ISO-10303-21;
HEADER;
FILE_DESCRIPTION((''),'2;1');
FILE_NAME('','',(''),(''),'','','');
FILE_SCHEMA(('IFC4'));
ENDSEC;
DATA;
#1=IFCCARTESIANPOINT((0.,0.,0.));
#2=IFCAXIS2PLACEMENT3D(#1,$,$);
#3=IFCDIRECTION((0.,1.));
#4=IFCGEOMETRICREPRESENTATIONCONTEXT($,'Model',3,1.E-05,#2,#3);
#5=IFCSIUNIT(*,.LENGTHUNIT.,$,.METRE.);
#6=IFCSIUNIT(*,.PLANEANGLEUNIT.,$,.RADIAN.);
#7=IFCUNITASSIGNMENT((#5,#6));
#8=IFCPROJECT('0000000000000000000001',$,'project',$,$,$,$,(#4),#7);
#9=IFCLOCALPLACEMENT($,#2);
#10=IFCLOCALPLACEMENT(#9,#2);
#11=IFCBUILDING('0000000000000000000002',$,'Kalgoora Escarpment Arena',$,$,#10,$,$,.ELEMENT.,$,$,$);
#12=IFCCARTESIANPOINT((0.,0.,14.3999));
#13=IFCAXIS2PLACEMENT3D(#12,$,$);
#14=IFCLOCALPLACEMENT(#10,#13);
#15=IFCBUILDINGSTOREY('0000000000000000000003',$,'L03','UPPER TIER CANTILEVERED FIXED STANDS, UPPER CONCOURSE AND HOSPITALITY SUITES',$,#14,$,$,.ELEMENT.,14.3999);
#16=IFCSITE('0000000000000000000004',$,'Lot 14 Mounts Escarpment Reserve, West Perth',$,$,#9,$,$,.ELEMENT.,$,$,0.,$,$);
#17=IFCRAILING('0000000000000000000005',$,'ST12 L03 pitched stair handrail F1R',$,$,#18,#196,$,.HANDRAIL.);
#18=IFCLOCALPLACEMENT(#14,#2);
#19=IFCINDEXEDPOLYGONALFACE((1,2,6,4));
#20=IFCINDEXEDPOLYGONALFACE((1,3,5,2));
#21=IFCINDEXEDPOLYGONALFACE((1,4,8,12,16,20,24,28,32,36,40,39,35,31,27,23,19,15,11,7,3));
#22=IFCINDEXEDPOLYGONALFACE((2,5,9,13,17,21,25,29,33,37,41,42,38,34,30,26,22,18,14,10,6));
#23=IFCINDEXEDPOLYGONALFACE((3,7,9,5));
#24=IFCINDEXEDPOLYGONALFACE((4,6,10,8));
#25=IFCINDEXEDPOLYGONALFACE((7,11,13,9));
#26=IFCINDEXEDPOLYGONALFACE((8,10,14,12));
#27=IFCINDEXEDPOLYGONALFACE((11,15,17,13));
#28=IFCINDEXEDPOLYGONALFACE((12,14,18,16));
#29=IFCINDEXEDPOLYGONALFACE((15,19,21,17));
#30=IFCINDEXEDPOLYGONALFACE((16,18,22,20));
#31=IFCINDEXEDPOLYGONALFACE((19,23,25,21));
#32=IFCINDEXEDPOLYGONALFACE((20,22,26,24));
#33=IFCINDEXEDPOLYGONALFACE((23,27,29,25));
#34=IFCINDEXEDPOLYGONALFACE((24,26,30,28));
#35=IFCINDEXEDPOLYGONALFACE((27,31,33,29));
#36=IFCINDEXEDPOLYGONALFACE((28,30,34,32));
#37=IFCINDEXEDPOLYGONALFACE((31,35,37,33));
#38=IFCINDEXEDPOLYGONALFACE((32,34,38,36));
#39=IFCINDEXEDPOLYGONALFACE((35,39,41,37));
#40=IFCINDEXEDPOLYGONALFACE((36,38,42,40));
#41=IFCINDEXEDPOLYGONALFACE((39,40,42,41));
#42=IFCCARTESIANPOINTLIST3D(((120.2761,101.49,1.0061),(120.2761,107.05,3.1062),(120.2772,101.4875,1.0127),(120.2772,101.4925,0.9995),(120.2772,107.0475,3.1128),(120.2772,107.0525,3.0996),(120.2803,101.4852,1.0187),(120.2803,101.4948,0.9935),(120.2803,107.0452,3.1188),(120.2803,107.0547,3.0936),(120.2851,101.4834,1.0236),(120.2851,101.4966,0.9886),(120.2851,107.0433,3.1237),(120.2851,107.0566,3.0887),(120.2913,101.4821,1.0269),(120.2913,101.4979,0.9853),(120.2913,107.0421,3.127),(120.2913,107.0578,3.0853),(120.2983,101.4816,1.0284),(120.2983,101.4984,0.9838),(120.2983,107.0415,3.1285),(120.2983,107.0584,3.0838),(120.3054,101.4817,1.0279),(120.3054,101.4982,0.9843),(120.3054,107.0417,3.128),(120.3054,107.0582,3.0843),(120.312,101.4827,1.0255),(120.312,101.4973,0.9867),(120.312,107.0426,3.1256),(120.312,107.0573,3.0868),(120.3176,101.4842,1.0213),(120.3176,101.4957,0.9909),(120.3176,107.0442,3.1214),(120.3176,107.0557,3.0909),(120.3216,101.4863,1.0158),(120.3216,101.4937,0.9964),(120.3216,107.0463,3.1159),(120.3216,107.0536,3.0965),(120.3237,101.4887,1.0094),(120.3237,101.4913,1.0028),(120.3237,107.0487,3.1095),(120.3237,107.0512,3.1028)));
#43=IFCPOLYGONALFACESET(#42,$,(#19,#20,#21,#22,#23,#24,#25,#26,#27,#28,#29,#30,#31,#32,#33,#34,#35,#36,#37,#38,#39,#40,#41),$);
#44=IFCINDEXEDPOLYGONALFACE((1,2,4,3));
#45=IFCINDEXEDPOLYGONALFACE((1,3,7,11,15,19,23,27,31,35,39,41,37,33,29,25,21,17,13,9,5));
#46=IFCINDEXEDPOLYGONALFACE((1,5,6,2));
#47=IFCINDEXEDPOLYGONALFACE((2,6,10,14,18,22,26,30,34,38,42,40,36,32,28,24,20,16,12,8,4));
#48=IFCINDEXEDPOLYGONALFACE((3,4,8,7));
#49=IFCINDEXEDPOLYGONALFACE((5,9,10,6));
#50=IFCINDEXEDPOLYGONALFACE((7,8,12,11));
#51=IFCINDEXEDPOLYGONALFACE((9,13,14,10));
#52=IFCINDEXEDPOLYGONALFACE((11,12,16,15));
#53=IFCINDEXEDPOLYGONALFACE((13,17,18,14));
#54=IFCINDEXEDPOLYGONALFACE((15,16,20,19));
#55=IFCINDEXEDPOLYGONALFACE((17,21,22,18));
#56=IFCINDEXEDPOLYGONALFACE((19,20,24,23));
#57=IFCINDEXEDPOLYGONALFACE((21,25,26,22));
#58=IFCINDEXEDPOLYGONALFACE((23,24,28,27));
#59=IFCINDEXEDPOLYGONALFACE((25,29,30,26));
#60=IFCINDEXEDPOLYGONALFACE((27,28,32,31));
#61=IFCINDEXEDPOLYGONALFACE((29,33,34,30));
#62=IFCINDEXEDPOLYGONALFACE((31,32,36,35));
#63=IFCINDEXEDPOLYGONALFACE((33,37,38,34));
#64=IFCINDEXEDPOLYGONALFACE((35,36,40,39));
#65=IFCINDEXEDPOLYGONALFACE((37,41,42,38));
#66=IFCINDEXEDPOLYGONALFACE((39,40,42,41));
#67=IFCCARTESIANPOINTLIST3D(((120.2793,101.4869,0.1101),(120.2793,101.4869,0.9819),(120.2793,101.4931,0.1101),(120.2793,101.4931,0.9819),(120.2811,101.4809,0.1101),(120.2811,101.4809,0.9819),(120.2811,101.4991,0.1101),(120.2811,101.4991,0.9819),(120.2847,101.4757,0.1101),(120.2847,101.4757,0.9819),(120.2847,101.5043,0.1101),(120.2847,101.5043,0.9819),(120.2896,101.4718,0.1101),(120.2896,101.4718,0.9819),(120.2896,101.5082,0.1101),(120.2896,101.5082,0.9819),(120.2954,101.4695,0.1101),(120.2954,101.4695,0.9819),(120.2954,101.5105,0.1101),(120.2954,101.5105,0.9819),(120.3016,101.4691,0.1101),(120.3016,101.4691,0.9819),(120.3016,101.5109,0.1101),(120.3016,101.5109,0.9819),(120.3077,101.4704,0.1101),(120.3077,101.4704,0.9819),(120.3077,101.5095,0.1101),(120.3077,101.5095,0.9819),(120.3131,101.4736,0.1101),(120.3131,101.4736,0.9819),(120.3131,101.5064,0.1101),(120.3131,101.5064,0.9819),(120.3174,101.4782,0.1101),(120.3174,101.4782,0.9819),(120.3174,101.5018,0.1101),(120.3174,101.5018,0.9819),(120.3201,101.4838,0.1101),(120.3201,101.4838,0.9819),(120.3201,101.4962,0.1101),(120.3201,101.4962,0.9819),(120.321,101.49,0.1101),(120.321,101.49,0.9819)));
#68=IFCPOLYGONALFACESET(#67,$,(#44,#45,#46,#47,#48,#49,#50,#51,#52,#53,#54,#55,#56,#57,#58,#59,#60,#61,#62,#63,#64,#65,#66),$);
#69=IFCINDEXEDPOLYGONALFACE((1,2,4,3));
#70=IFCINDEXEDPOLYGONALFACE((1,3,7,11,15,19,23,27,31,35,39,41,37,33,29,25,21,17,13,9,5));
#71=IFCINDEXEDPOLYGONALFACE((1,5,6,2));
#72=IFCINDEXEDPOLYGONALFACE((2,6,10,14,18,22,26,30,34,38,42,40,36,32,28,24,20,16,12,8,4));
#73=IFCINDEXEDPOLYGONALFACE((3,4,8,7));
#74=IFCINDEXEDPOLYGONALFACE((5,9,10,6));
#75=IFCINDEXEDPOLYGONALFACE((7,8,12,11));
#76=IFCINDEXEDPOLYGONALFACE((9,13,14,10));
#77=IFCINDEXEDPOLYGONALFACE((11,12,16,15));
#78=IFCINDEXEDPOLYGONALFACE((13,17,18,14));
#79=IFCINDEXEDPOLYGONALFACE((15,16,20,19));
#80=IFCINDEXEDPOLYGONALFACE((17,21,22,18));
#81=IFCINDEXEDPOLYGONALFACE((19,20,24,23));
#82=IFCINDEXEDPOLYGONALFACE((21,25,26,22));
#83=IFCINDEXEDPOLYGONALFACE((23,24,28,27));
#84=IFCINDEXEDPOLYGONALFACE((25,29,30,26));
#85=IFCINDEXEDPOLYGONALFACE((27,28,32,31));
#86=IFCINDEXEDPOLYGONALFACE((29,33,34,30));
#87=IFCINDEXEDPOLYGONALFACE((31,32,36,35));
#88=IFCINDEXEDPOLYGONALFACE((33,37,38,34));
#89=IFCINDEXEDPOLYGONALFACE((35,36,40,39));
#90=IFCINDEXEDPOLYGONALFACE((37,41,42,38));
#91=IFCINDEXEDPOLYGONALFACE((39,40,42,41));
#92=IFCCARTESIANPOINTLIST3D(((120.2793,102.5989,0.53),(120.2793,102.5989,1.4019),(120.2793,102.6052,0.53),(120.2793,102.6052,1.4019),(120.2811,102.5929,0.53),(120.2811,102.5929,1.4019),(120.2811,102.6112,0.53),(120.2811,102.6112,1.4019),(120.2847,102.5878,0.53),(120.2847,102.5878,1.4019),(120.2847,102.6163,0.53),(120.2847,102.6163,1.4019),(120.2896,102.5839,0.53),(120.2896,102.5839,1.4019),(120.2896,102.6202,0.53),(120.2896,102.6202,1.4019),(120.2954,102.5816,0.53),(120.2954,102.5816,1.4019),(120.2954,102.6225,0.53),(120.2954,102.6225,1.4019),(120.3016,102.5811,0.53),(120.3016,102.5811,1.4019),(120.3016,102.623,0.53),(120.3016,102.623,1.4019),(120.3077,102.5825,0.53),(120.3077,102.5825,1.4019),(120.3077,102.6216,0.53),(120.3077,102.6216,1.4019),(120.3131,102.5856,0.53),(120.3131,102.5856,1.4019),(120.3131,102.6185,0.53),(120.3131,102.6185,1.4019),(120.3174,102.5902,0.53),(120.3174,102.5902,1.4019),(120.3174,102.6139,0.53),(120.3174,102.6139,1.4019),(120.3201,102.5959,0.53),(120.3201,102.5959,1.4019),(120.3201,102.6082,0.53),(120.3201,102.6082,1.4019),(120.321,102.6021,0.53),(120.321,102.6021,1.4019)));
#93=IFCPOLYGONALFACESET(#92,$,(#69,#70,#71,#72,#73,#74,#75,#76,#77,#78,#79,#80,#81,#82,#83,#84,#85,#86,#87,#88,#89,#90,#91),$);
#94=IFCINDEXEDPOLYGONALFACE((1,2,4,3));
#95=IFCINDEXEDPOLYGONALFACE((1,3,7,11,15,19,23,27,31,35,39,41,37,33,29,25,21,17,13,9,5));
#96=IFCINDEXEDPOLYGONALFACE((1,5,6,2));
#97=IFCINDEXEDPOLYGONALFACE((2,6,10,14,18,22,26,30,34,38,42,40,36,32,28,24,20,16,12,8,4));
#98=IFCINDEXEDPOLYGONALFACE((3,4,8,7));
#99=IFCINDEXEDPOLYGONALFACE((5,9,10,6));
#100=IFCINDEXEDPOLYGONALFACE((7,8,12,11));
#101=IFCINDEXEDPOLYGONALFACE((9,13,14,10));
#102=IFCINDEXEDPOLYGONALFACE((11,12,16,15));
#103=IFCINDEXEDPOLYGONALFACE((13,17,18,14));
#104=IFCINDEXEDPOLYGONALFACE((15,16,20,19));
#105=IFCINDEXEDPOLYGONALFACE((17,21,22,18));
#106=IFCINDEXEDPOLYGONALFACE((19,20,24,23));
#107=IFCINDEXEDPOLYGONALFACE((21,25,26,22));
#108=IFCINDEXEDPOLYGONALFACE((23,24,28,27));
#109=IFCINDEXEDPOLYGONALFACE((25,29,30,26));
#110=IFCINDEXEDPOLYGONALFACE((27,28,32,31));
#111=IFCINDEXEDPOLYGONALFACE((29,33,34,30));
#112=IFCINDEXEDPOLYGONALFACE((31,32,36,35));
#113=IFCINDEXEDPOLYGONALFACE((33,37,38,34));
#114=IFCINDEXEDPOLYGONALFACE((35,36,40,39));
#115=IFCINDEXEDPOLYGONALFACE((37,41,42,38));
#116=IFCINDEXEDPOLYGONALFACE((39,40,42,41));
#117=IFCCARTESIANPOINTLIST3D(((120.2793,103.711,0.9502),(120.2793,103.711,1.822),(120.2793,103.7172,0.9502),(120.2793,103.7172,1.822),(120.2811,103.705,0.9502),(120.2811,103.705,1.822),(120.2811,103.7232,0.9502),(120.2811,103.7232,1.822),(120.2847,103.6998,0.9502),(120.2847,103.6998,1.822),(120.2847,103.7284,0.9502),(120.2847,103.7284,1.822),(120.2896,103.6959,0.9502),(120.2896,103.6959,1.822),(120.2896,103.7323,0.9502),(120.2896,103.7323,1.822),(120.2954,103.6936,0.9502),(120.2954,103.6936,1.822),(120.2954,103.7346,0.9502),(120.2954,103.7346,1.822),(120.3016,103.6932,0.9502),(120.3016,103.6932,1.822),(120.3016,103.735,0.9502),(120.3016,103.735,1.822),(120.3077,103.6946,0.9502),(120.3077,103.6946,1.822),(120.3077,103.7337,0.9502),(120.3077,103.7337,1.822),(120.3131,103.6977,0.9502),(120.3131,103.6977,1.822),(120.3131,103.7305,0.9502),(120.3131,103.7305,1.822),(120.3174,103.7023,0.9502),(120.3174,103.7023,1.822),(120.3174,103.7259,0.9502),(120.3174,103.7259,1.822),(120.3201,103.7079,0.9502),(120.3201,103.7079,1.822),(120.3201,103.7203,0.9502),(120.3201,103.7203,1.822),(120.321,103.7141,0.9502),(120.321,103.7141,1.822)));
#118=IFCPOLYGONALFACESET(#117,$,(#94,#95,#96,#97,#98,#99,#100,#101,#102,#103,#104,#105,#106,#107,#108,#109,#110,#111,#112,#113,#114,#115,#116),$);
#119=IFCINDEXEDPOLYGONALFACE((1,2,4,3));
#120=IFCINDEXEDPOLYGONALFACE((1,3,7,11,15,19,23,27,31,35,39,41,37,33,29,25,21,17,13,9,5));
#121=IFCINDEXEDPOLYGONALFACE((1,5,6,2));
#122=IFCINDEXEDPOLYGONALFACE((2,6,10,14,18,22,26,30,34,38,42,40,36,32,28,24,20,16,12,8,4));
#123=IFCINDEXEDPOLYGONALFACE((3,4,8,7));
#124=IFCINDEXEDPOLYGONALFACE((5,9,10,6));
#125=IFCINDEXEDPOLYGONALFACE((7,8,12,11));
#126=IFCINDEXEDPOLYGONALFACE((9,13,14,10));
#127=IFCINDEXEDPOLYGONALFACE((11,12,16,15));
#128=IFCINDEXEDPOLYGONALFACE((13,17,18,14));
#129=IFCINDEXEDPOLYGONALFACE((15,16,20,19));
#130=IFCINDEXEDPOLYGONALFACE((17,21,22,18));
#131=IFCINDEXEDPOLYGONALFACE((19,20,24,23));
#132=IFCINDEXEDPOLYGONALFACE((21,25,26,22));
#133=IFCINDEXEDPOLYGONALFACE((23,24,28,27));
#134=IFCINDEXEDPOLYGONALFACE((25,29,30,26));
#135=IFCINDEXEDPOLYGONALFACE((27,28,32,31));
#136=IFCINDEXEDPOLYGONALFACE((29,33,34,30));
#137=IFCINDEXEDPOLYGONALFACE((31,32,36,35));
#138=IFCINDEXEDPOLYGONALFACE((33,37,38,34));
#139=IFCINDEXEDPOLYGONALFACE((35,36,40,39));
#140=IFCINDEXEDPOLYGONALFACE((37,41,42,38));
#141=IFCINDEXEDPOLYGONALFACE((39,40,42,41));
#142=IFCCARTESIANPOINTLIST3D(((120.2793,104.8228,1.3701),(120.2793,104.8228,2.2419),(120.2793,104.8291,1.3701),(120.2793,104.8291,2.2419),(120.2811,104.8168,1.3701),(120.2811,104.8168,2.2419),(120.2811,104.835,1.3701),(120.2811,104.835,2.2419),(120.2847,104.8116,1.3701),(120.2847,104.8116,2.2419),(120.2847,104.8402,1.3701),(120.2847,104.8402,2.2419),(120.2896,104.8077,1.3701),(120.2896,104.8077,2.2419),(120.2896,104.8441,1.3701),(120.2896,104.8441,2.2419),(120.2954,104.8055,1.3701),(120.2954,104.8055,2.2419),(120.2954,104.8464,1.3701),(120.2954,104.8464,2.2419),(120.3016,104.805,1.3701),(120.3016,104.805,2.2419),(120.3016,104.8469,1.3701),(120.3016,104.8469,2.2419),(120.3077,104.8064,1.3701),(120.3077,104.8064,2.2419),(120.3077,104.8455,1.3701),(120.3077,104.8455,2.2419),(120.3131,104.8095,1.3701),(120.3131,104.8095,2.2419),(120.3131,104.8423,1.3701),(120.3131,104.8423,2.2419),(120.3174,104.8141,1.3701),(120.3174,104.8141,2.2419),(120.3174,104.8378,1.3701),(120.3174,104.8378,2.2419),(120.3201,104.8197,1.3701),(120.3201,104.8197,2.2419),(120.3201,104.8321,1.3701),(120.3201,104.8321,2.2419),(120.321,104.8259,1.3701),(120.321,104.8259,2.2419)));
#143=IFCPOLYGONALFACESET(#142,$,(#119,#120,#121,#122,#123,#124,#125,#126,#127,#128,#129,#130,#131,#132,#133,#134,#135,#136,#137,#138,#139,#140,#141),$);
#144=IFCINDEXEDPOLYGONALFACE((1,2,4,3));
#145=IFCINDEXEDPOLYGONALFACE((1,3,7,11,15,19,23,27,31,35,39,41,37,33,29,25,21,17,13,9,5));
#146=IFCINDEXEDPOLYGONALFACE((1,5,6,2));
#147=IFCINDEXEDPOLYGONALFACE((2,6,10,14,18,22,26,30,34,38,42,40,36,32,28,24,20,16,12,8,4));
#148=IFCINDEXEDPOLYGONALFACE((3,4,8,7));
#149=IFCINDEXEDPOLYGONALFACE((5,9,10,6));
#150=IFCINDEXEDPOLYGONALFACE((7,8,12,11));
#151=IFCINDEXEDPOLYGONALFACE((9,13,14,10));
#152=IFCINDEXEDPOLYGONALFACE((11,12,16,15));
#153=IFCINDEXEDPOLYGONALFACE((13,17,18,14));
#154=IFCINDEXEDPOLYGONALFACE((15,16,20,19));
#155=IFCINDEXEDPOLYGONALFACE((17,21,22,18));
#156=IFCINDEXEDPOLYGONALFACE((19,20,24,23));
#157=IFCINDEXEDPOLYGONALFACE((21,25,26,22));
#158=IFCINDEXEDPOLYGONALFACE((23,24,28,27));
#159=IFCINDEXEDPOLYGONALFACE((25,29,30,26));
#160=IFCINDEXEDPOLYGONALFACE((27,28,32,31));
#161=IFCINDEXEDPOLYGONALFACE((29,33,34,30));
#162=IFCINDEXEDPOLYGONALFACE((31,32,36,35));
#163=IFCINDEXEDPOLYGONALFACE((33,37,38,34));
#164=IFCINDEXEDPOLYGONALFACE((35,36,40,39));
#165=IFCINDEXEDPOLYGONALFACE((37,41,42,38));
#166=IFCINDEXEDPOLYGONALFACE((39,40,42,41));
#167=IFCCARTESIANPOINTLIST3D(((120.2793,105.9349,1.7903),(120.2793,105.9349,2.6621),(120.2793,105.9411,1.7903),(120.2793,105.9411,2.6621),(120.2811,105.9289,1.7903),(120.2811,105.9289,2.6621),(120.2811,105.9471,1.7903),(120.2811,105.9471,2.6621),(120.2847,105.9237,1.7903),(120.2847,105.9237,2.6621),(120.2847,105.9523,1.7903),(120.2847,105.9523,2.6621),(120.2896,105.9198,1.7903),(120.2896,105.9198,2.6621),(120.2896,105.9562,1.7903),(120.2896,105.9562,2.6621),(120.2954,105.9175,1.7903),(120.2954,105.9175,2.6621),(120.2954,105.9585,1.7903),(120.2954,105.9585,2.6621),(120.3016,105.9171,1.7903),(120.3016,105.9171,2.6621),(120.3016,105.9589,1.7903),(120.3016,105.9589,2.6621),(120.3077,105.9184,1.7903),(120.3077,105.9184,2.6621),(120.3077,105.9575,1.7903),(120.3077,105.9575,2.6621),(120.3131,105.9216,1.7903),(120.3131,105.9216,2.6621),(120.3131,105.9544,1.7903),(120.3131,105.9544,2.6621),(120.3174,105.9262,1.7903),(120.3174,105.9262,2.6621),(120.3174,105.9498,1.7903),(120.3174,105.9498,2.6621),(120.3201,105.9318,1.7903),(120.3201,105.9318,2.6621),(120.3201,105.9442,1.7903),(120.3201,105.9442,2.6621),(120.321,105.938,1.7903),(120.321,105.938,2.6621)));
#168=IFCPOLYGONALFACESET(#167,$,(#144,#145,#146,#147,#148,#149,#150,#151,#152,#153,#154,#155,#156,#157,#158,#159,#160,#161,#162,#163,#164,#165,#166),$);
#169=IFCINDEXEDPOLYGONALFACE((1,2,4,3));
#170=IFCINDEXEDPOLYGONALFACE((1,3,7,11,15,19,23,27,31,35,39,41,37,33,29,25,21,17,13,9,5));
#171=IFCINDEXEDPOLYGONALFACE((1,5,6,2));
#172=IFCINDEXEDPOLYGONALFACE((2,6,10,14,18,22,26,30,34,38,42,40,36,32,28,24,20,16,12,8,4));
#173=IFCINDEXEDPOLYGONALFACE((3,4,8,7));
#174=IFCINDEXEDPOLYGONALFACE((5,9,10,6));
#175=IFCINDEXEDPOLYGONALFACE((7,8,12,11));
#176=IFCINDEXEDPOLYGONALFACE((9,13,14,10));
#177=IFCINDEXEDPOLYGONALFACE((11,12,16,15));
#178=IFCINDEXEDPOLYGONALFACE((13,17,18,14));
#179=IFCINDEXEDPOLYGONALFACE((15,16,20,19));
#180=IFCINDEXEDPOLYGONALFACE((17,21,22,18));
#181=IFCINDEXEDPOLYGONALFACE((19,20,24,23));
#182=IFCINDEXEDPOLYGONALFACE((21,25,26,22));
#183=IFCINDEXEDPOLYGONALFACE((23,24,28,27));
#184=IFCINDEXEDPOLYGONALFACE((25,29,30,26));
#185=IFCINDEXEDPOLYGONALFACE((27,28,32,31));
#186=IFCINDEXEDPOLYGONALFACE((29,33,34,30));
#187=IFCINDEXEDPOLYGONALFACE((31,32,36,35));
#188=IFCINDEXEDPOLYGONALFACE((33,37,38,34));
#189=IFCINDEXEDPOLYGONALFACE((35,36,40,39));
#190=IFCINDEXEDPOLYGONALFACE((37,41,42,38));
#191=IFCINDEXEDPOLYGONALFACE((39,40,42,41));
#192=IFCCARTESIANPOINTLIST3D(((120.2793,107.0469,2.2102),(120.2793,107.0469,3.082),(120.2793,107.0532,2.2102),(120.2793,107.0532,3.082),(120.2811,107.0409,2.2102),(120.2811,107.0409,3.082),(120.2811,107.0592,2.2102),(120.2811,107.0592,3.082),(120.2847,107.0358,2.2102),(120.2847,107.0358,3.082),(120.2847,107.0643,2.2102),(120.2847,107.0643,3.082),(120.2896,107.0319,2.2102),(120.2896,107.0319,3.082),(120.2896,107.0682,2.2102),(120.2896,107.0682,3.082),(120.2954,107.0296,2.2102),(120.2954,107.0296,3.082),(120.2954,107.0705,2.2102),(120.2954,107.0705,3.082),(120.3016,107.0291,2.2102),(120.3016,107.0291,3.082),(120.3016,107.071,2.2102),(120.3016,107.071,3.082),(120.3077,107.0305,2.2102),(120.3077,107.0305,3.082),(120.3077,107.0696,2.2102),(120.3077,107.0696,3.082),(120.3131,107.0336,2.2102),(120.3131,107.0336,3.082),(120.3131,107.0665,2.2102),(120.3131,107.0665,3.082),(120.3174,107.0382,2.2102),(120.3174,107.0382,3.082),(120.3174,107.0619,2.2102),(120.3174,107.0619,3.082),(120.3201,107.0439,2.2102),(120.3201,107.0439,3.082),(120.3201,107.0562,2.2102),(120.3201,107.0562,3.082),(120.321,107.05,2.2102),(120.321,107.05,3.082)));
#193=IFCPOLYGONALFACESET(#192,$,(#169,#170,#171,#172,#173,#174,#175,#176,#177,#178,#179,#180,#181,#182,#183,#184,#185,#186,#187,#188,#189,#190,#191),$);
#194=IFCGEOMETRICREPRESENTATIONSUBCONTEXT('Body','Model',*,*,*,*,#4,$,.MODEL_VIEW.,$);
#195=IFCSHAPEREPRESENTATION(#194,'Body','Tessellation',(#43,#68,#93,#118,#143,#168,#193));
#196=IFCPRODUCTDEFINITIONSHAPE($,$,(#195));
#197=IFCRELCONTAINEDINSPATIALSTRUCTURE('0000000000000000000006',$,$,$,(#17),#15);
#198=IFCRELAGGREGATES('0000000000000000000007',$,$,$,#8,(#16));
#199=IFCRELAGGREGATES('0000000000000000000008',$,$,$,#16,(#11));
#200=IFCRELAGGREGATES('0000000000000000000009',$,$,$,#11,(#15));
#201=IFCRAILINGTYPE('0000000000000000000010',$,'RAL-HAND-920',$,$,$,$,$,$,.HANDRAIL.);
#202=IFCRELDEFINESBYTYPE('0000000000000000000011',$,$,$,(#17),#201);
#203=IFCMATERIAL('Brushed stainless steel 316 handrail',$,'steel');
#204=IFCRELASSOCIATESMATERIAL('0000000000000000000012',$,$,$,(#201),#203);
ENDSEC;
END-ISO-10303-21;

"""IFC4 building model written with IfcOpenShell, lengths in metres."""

from ifc_helpers import new_model, si_unit, direction, frame, origin, origin_2d, place, context, subcontext, project, spatial, circle, extrude, material, type_object, element, save


model = new_model("IFC4")

# Units and contexts
model_context = context("Model", 3, precision=1e-05, world=origin(), true_north=direction((0.0, 1.0)))
body_context = subcontext(model_context, "Body", "Model", "MODEL_VIEW")
ifc_project = project(units=[si_unit("LENGTHUNIT", "METRE"), si_unit("PLANEANGLEUNIT", "RADIAN")], contexts=[model_context])

# Site, building, storey
site_placement = place(None, origin())
site = spatial("IfcSite", under=ifc_project, at=site_placement, Name="Lot 14 Mounts Escarpment Reserve, West Perth", CompositionType="ELEMENT", RefElevation=0.0)
building_placement = place(site_placement, origin())
building = spatial("IfcBuilding", under=site, at=building_placement, Name="Kalgoora Escarpment Arena", CompositionType="ELEMENT")
storey_placement = place(building_placement, frame((0.0, 0.0, 14.3999)))
storey = spatial("IfcBuildingStorey", under=building, at=storey_placement, Name="L03", Description="UPPER TIER CANTILEVERED FIXED STANDS, UPPER CONCOURSE AND HOSPITALITY SUITES", CompositionType="ELEMENT", Elevation=14.3999)

# Railing
ifc_material_1 = material(Name="Brushed stainless steel 316 handrail", Category="steel")
railing_type_1 = type_object("IfcRailingType", Name="RAL-HAND-920", PredefinedType="HANDRAIL", material=ifc_material_1)
railing_1_placement = place(storey_placement, frame((120.3, 101.49, 0.1101)))
element("IfcRailing", 1, at=railing_1_placement, inside=storey, type_object=railing_type_1, Name="ST12 L03 pitched stair handrail F1R", PredefinedType="HANDRAIL", context=body_context, shape_type="SweptSolid", body=[
    extrude(circle(Radius=0.0239, at=origin_2d()), frame((0.0, 0.0, 0.896), z_axis=(0.0, 0.935493, 0.353346), x_axis=(-1.0, 0.0, 0.0)), (0.0, 0.0, 1.0), 5.9434),
    extrude(circle(Radius=0.021, at=origin_2d()), origin(), (0.0, 0.0, 1.0), 0.8718),
    extrude(circle(Radius=0.021, at=origin_2d()), frame((0.0, 1.1121, 0.4199)), (0.0, 0.0, 1.0), 0.8718),
    extrude(circle(Radius=0.021, at=origin_2d()), frame((0.0, 2.2241, 0.8401)), (0.0, 0.0, 1.0), 0.8718),
    extrude(circle(Radius=0.021, at=origin_2d()), frame((0.0, 3.3359, 1.26)), (0.0, 0.0, 1.0), 0.8718),
    extrude(circle(Radius=0.021, at=origin_2d()), frame((0.0, 4.448, 1.6802)), (0.0, 0.0, 1.0), 0.8718),
    extrude(circle(Radius=0.021, at=origin_2d()), frame((0.0, 5.5601, 2.1001)), (0.0, 0.0, 1.0), 0.8718),
])

save(model, "model.ifc")
